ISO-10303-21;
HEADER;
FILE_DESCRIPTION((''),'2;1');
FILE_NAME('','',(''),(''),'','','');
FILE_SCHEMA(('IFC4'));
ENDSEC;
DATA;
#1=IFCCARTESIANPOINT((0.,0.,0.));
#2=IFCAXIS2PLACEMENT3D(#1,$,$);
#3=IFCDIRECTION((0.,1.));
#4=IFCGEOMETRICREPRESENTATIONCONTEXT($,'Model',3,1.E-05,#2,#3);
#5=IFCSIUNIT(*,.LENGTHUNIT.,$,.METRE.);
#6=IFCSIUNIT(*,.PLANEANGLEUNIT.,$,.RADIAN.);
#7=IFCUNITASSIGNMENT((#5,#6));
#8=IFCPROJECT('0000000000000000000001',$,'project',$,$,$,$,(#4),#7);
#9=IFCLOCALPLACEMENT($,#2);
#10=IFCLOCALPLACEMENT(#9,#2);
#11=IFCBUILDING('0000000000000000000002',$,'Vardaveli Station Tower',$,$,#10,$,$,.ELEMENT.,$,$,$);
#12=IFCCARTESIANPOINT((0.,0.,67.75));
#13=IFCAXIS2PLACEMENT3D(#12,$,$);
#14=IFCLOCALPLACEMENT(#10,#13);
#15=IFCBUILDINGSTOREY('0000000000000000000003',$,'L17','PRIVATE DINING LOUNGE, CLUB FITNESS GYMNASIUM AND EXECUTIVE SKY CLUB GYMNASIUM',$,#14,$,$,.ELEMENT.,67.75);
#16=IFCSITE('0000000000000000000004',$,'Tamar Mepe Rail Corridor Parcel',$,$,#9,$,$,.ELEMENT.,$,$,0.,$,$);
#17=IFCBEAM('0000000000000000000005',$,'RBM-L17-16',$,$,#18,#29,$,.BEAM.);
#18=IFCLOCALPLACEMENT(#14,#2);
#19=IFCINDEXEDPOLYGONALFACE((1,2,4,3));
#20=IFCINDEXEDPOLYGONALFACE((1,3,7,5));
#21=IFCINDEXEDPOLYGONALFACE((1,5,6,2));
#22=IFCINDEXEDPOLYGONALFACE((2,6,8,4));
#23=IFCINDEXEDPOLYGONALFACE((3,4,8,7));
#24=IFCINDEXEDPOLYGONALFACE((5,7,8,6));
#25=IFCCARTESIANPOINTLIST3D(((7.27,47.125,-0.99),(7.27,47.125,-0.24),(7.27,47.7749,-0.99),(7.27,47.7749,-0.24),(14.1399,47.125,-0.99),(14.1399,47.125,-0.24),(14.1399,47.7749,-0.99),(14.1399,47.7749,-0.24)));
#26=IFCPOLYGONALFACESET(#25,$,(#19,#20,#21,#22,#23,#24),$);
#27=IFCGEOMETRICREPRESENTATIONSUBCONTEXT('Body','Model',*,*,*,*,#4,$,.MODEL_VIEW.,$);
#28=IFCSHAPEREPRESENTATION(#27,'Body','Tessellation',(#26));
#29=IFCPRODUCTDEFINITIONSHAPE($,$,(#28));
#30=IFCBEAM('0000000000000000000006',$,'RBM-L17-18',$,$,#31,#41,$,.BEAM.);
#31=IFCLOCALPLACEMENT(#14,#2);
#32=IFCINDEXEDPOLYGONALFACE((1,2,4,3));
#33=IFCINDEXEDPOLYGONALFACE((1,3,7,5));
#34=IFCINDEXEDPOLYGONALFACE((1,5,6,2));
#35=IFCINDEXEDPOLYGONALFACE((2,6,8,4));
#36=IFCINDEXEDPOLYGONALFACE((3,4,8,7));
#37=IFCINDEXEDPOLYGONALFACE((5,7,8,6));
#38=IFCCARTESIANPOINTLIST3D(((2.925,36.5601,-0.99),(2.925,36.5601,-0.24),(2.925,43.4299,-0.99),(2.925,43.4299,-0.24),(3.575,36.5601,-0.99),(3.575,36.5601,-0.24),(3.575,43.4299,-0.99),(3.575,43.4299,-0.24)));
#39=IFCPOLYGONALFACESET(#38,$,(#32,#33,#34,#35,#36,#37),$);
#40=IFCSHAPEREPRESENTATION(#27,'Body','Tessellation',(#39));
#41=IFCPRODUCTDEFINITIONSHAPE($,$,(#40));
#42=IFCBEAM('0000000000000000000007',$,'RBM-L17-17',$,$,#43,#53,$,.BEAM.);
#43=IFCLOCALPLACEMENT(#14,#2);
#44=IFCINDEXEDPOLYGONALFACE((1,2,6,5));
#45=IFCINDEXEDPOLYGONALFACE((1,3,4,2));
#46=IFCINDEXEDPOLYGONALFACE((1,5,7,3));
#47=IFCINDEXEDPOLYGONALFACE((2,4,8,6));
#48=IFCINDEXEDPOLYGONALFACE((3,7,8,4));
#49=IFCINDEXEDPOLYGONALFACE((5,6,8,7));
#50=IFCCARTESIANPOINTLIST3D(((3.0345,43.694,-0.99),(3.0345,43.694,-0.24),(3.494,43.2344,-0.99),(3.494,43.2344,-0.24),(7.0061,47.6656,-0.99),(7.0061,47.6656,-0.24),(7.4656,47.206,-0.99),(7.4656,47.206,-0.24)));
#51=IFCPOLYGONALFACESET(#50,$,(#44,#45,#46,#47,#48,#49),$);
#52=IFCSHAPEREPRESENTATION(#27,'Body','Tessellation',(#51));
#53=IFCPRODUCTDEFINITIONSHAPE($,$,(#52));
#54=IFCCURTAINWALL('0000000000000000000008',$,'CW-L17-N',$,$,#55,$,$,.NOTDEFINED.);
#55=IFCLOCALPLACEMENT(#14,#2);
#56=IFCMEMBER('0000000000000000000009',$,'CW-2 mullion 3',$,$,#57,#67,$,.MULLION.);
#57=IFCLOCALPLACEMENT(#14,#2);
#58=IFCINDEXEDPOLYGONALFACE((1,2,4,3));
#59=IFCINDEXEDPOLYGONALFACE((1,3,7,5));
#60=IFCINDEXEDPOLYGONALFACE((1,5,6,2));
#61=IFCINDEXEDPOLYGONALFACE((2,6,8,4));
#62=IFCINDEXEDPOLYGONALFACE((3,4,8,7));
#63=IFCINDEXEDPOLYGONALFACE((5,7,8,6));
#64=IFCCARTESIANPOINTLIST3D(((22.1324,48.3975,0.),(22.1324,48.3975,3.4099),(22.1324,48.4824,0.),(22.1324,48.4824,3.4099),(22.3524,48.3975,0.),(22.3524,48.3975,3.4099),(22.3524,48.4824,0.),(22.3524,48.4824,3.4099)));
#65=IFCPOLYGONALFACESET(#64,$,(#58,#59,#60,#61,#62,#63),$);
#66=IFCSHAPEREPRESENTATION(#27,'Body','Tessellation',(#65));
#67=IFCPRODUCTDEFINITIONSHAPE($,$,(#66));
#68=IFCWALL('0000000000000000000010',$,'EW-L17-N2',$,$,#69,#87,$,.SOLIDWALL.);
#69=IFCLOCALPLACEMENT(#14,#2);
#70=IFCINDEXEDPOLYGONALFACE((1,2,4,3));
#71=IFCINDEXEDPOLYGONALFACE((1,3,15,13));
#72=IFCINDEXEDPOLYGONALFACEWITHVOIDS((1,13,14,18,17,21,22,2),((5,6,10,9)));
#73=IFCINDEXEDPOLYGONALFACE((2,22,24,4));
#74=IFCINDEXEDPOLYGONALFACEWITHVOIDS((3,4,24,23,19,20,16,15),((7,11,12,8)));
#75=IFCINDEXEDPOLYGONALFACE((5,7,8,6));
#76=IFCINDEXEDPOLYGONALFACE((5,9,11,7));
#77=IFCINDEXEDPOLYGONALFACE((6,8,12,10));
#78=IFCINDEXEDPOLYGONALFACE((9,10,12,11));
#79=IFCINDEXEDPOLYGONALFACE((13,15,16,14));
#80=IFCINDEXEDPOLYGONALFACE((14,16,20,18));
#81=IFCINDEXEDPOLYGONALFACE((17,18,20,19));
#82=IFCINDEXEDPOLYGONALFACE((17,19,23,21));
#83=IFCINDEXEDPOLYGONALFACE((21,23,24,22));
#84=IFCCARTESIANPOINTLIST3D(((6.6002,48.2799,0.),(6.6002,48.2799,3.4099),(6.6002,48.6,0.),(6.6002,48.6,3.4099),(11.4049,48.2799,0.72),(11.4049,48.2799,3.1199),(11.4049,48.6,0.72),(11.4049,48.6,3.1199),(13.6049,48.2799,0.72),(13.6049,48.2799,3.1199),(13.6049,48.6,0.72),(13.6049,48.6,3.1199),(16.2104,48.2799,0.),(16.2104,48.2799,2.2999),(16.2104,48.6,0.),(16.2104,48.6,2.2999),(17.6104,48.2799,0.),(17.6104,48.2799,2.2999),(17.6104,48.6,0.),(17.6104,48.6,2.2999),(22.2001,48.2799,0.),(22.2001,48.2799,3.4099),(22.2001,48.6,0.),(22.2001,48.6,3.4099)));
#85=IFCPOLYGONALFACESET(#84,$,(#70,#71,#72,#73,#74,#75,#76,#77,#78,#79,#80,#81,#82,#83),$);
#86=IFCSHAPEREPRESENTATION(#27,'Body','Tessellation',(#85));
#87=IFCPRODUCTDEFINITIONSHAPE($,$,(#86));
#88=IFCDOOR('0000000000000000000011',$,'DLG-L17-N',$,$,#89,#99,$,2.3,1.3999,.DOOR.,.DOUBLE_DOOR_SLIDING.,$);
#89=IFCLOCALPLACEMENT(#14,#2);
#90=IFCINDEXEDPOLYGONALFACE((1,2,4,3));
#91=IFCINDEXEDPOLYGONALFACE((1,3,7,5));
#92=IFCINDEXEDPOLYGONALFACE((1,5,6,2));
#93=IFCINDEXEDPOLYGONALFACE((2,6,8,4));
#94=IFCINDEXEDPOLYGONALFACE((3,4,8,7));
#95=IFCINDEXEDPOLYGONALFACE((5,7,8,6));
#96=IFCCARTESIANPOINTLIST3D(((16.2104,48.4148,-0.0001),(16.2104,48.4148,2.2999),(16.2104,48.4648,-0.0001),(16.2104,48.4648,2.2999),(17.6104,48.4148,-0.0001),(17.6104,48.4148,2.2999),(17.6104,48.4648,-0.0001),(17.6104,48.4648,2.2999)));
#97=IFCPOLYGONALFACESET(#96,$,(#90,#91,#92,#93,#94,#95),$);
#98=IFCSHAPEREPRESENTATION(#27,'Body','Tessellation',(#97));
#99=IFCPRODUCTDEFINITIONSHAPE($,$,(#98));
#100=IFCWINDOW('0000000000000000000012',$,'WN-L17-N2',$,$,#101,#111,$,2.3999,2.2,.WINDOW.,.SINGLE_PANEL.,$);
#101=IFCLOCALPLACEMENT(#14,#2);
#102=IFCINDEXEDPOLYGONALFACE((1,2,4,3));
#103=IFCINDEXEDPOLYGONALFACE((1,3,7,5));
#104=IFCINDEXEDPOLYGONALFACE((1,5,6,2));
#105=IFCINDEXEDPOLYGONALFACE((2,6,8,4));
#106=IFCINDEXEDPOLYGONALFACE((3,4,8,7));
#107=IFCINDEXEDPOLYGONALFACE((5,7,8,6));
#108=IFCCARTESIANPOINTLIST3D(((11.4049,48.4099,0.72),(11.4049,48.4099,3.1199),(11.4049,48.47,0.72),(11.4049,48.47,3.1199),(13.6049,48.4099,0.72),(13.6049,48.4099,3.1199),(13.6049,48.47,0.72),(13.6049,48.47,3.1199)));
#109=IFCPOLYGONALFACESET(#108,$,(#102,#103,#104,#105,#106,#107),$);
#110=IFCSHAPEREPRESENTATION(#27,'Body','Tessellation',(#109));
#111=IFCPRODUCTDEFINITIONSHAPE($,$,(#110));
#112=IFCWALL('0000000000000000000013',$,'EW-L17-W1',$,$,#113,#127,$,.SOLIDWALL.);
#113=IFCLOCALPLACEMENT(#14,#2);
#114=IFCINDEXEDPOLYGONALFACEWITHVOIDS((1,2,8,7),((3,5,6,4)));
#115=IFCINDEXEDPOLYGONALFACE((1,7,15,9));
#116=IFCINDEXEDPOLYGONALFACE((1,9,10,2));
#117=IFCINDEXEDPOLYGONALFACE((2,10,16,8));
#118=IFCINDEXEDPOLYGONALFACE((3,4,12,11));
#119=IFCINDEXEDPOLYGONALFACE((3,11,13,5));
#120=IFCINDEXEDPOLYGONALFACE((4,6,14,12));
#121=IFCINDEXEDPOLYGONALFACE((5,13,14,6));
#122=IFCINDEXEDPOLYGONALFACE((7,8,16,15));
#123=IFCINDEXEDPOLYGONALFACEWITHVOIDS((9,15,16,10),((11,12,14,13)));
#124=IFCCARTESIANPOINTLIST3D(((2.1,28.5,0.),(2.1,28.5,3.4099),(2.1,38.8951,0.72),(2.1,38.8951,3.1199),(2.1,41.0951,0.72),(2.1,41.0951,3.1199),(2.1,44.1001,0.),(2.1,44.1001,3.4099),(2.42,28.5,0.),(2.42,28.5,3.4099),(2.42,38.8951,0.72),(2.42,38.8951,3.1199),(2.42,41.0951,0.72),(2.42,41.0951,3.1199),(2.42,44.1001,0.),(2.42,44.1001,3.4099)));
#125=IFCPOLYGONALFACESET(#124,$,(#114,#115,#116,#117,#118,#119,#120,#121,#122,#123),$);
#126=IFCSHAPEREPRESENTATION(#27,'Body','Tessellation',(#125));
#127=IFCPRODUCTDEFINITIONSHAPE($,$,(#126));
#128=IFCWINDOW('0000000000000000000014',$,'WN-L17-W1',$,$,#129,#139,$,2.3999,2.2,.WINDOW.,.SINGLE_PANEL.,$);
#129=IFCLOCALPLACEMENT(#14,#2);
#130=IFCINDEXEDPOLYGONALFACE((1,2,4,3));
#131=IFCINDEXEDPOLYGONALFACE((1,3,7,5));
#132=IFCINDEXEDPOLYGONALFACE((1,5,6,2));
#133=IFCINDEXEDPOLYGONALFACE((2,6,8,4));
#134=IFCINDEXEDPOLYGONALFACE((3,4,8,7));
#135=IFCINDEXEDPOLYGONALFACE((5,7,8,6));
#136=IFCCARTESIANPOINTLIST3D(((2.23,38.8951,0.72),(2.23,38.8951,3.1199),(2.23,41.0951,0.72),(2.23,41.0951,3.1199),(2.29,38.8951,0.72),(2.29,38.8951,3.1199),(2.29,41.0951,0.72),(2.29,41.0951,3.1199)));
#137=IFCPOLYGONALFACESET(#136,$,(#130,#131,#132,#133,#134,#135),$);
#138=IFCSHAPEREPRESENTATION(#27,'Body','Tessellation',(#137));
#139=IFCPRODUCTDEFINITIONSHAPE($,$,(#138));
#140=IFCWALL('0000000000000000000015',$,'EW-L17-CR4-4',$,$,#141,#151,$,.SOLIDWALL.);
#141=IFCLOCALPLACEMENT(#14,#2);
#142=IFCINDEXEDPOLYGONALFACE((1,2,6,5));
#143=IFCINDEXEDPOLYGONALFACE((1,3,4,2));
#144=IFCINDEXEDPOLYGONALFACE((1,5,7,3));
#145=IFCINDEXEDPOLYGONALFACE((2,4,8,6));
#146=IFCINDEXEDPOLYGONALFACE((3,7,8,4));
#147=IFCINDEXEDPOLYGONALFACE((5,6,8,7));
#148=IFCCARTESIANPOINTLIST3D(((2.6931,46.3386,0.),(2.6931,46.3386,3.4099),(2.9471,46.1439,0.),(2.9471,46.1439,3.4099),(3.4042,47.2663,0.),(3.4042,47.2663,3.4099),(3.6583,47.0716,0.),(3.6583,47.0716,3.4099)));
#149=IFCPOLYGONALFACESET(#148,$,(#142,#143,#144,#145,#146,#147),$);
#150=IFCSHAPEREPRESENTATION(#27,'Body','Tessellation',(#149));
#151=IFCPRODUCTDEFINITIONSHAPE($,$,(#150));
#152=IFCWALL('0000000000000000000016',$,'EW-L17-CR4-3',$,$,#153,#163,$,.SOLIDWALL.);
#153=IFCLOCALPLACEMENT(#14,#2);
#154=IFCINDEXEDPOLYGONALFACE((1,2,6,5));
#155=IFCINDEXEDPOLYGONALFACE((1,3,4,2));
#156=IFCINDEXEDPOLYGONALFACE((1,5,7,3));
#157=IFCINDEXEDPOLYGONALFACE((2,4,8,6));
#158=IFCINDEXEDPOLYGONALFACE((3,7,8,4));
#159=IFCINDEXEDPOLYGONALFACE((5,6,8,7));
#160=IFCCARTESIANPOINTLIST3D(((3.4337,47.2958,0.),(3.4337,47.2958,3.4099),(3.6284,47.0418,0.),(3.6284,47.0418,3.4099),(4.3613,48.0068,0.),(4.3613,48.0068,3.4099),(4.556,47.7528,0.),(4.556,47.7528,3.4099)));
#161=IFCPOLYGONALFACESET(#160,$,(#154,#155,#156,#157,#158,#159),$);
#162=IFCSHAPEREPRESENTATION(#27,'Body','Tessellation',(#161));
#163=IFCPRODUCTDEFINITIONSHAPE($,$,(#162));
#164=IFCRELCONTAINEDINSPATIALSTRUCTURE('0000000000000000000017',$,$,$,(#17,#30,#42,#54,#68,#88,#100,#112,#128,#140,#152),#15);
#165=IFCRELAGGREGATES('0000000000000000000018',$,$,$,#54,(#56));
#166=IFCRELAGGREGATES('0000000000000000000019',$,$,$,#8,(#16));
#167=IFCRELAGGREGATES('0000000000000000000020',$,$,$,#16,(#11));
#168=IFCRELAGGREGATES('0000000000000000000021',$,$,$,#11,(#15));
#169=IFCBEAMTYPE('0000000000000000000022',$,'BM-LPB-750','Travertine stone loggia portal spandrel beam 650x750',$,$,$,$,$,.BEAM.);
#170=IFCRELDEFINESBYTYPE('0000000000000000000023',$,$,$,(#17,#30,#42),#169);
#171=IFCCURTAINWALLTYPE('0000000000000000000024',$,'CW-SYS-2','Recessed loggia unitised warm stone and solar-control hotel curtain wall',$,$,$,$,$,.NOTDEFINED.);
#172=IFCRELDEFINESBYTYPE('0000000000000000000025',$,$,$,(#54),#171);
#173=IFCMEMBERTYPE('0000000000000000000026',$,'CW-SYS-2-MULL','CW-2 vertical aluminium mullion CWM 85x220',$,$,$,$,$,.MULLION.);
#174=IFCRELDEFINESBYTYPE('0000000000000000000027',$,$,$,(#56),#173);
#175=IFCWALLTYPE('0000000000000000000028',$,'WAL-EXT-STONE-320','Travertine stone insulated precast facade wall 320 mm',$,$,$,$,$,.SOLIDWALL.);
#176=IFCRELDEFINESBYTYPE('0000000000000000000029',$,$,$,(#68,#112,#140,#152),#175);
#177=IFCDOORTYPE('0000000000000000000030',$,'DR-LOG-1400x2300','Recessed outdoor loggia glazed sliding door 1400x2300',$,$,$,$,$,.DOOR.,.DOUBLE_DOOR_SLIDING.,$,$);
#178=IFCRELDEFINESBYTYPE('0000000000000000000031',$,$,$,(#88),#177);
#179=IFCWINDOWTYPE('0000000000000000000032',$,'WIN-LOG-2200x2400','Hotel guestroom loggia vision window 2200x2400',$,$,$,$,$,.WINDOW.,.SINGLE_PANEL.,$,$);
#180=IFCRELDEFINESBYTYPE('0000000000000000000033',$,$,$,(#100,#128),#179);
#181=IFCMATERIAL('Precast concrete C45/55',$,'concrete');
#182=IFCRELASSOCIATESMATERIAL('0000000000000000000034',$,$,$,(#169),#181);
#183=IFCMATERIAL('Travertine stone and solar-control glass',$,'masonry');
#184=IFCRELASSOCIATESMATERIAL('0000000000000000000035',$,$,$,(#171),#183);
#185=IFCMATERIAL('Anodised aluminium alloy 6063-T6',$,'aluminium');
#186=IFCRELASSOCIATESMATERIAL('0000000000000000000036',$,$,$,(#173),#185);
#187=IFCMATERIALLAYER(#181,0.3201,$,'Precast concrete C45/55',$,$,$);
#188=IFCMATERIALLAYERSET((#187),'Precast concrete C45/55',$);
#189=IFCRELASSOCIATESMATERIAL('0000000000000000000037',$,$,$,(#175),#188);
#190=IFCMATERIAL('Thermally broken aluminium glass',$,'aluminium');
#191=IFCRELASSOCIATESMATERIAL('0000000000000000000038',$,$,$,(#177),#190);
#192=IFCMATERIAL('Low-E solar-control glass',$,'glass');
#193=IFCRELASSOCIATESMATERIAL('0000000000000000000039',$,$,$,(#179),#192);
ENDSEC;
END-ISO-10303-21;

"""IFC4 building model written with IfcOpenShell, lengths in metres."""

from ifc_helpers import new_model, si_unit, direction, frame, frame_2d, origin, origin_2d, place, context, subcontext, project, spatial, rectangle, extrude, source, transform, mapped, material, layer, layer_set, material_profile, profile_set, type_object, element, fill, aggregate, save


model = new_model("IFC4")

# Units and contexts
model_context = context("Model", 3, precision=1e-05, world=origin(), true_north=direction((0.0, 1.0)))
body_context = subcontext(model_context, "Body", "Model", "MODEL_VIEW")
ifc_project = project(units=[si_unit("LENGTHUNIT", "METRE"), si_unit("PLANEANGLEUNIT", "RADIAN")], contexts=[model_context])

# Site, building, storey
site_placement = place(None, origin())
site = spatial("IfcSite", under=ifc_project, at=site_placement, Name="Tamar Mepe Rail Corridor Parcel", CompositionType="ELEMENT", RefElevation=0.0)
building_placement = place(site_placement, origin())
building = spatial("IfcBuilding", under=site, at=building_placement, Name="Vardaveli Station Tower", CompositionType="ELEMENT")
storey_placement = place(building_placement, frame((0.0, 0.0, 67.75)))
storey = spatial("IfcBuildingStorey", under=building, at=storey_placement, Name="L17", Description="PRIVATE DINING LOUNGE, CLUB FITNESS GYMNASIUM AND EXECUTIVE SKY CLUB GYMNASIUM", CompositionType="ELEMENT", Elevation=67.75)

# Beams
ifc_material_1 = material(Name="Precast concrete C45/55", Category="concrete")
ifc_material_profile_1 = material_profile(ifc_material_1, rectangle(XDim=0.6499, YDim=0.75, at=origin_2d()), Name="LPB 650x750")
ifc_profile_set_1 = profile_set([ifc_material_profile_1], Name="Precast concrete C45/55")
beam_type = type_object("IfcBeamType", Name="BM-LPB-750", Description="Travertine stone loggia portal spandrel beam 650x750", PredefinedType="BEAM", material=ifc_profile_set_1)
shared_shape_1 = source(origin(), body_context, "Body", "SweptSolid", [
    extrude(rectangle(XDim=0.6499, YDim=0.75, at=origin_2d()), origin(), (0.0, 0.0, 1.0), 6.8699),
])
for number, where, z_axis, x_axis, name in (
    (1, (14.1399, 47.45, -0.615), (-1.0, 0.0, 0.0), (0.0, -1.0, 0.0), "RBM-L17-16"),
    (2, (3.25, 43.4299, -0.615), (0.0, -1.0, 0.0), (1.0, 0.0, 0.0), "RBM-L17-18"),
):
    element("IfcBeam", number, at=place(storey_placement, frame(where, z_axis=z_axis, x_axis=x_axis)), inside=storey, type_object=beam_type, Name=name, PredefinedType="BEAM", context=body_context, shape_type="MappedRepresentation", body=[
        mapped(shared_shape_1, transform((0.0, 0.0, 0.0), scale=1.0)),
    ])
shared_shape_2 = source(origin(), body_context, "Body", "SweptSolid", [
    extrude(rectangle(XDim=0.6499, YDim=0.75, at=origin_2d()), origin(), (0.0, 0.0, 1.0), 5.6167),
])
beam_placement = place(storey_placement, frame((7.2358, 47.4358, -0.615), z_axis=(-0.707107, -0.707107, 0.0), x_axis=(0.707107, -0.707107, 0.0)))
element("IfcBeam", 3, at=beam_placement, inside=storey, type_object=beam_type, Name="RBM-L17-17", PredefinedType="BEAM", context=body_context, shape_type="MappedRepresentation", body=[
    mapped(shared_shape_2, transform((0.0, 0.0, 0.0), scale=1.0)),
])

# Curtain wall, member
ifc_material_2 = material(Name="Travertine stone and solar-control glass", Category="masonry")
curtain_wall_type = type_object("IfcCurtainWallType", Name="CW-SYS-2", Description="Recessed loggia unitised warm stone and solar-control hotel curtain wall", PredefinedType="NOTDEFINED", material=ifc_material_2)
curtain_wall_placement = place(storey_placement, origin())
curtain_wall = element("IfcCurtainWall", 4, at=curtain_wall_placement, inside=storey, type_object=curtain_wall_type, Name="CW-L17-N", PredefinedType="NOTDEFINED")
ifc_material_3 = material(Name="Anodised aluminium alloy 6063-T6", Category="aluminium")
ifc_material_profile_2 = material_profile(ifc_material_3, rectangle(XDim=0.085, YDim=0.22, at=origin_2d()), Name="CWM 85x220")
ifc_profile_set_2 = profile_set([ifc_material_profile_2], Name="Anodised aluminium alloy 6063-T6")
member_type = type_object("IfcMemberType", Name="CW-SYS-2-MULL", Description="CW-2 vertical aluminium mullion CWM 85x220", PredefinedType="MULLION", material=ifc_profile_set_2)
shared_shape_3 = source(origin(), body_context, "Body", "SweptSolid", [
    extrude(rectangle(XDim=0.085, YDim=0.22, at=origin_2d()), origin(), (0.0, 0.0, 1.0), 3.4099),
])
member_placement = place(storey_placement, frame((22.2424, 48.4399, 0.0), z_axis=(0.0, 0.0, 1.0), x_axis=(0.0, -1.0, 0.0)))
member = element("IfcMember", 5, at=member_placement, type_object=member_type, Name="CW-2 mullion 3", PredefinedType="MULLION", context=body_context, shape_type="MappedRepresentation", body=[
    mapped(shared_shape_3, transform((0.0, 0.0, 0.0), scale=1.0)),
])
aggregate(curtain_wall, [member])

# Wall, openings, door, window
ifc_layer = layer(ifc_material_1, 0.3201, Name="Precast concrete C45/55")
ifc_layer_set = layer_set([ifc_layer], Name="Precast concrete C45/55")
wall_type = type_object("IfcWallType", Name="WAL-EXT-STONE-320", Description="Travertine stone insulated precast facade wall 320 mm", PredefinedType="SOLIDWALL", material=ifc_layer_set)
shared_shape_4 = source(origin(), body_context, "Body", "SweptSolid", [
    extrude(rectangle(XDim=15.5999, YDim=0.3201, at=frame_2d((7.7998, 0.0))), origin(), (0.0, 0.0, 1.0), 3.4099),
])
wall_1_placement = place(storey_placement, frame((22.2, 48.4399, 0.0), z_axis=(0.0, 0.0, 1.0), x_axis=(-1.0, 0.0, 0.0)))
wall_1 = element("IfcWall", 6, at=wall_1_placement, inside=storey, type_object=wall_type, Name="EW-L17-N2", PredefinedType="SOLIDWALL", context=body_context, shape_type="MappedRepresentation", body=[
    mapped(shared_shape_4, transform((0.0, 0.0, 0.0), scale=1.0)),
])
shared_shape_5 = source(origin(), body_context, "Body", "SweptSolid", [
    extrude(rectangle(XDim=1.3999, YDim=2.3, at=frame_2d((0.7, 1.1499))), frame((0.0, 0.1699, 0.0), z_axis=(0.0, -1.0, 0.0), x_axis=(1.0, 0.0, 0.0)), (0.0, 0.0, 1.0), 0.3401),
])
opening_1_placement = place(wall_1_placement, frame((4.5896, 0.0, 0.0)))
opening_1 = element("IfcOpeningElement", 7, at=opening_1_placement, cuts=wall_1, PredefinedType="OPENING", context=body_context, shape_type="MappedRepresentation", body=[
    mapped(shared_shape_5, transform((0.0, 0.0, 0.0), scale=1.0)),
])
shared_shape_6 = source(origin(), body_context, "Body", "SweptSolid", [
    extrude(rectangle(XDim=2.2, YDim=2.3999, at=frame_2d((1.1001, 1.2))), frame((0.0, 0.1699, 0.0), z_axis=(0.0, -1.0, 0.0), x_axis=(1.0, 0.0, 0.0)), (0.0, 0.0, 1.0), 0.3401),
])
opening_2_placement = place(wall_1_placement, frame((8.595, 0.0, 0.72)))
opening_2 = element("IfcOpeningElement", 8, at=opening_2_placement, cuts=wall_1, PredefinedType="OPENING", context=body_context, shape_type="MappedRepresentation", body=[
    mapped(shared_shape_6, transform((0.0, 0.0, 0.0), scale=1.0)),
])
ifc_material_4 = material(Name="Thermally broken aluminium glass", Category="aluminium")
door_type = type_object("IfcDoorType", Name="DR-LOG-1400x2300", Description="Recessed outdoor loggia glazed sliding door 1400x2300", OperationType="DOUBLE_DOOR_SLIDING", PredefinedType="DOOR", material=ifc_material_4)
shared_shape_7 = source(origin(), body_context, "Body", "SweptSolid", [
    extrude(rectangle(XDim=1.3999, YDim=2.3, at=frame_2d((0.7, 1.1499))), frame((0.0, 0.0249, 0.0), z_axis=(0.0, -1.0, 0.0), x_axis=(1.0, 0.0, 0.0)), (0.0, 0.0, 1.0), 0.05),
])
door_placement = place(opening_1_placement, frame((1.3999, 0.0, 0.0), z_axis=(0.0, 0.0, 1.0), x_axis=(-1.0, 0.0, 0.0)))
door = element("IfcDoor", 9, at=door_placement, inside=storey, type_object=door_type, Name="DLG-L17-N", OperationType="DOUBLE_DOOR_SLIDING", OverallHeight=2.3, OverallWidth=1.3999, PredefinedType="DOOR", context=body_context, shape_type="MappedRepresentation", body=[
    mapped(shared_shape_7, transform((0.0, 0.0, 0.0), scale=1.0)),
])
fill(opening_1, door)
ifc_material_5 = material(Name="Low-E solar-control glass", Category="glass")
window_type = type_object("IfcWindowType", Name="WIN-LOG-2200x2400", Description="Hotel guestroom loggia vision window 2200x2400", PartitioningType="SINGLE_PANEL", PredefinedType="WINDOW", material=ifc_material_5)
shared_shape_8 = source(origin(), body_context, "Body", "SweptSolid", [
    extrude(rectangle(XDim=2.2, YDim=2.3999, at=frame_2d((1.1001, 1.2))), frame((0.0, 0.03, 0.0), z_axis=(0.0, -1.0, 0.0), x_axis=(1.0, 0.0, 0.0)), (0.0, 0.0, 1.0), 0.0601),
])
window_1_placement = place(opening_2_placement, origin())
window_1 = element("IfcWindow", 10, at=window_1_placement, inside=storey, type_object=window_type, Name="WN-L17-N2", OverallHeight=2.3999, OverallWidth=2.2, PartitioningType="SINGLE_PANEL", PredefinedType="WINDOW", context=body_context, shape_type="MappedRepresentation", body=[
    mapped(shared_shape_8, transform((0.0, 0.0, 0.0), scale=1.0)),
])
fill(opening_2, window_1)

# Wall, opening, window
shared_shape_9 = source(origin(), body_context, "Body", "SweptSolid", [
    extrude(rectangle(XDim=15.6001, YDim=0.3201, at=frame_2d((7.8, 0.0))), origin(), (0.0, 0.0, 1.0), 3.4099),
])
wall_2_placement = place(storey_placement, frame((2.26, 44.1001, 0.0), z_axis=(0.0, 0.0, 1.0), x_axis=(0.0, -1.0, 0.0)))
wall_2 = element("IfcWall", 11, at=wall_2_placement, inside=storey, type_object=wall_type, Name="EW-L17-W1", PredefinedType="SOLIDWALL", context=body_context, shape_type="MappedRepresentation", body=[
    mapped(shared_shape_9, transform((0.0, 0.0, 0.0), scale=1.0)),
])
opening_3_placement = place(wall_2_placement, frame((3.0049, 0.0, 0.72)))
opening_3 = element("IfcOpeningElement", 12, at=opening_3_placement, cuts=wall_2, PredefinedType="OPENING", context=body_context, shape_type="MappedRepresentation", body=[
    mapped(shared_shape_6, transform((0.0, 0.0, 0.0), scale=1.0)),
])
window_2_placement = place(opening_3_placement, origin())
window_2 = element("IfcWindow", 13, at=window_2_placement, inside=storey, type_object=window_type, Name="WN-L17-W1", OverallHeight=2.3999, OverallWidth=2.2, PartitioningType="SINGLE_PANEL", PredefinedType="WINDOW", context=body_context, shape_type="MappedRepresentation", body=[
    mapped(shared_shape_8, transform((0.0, 0.0, 0.0), scale=1.0)),
])
fill(opening_3, window_2)

# Walls
shared_shape_10 = source(origin(), body_context, "Body", "SweptSolid", [
    extrude(rectangle(XDim=1.1689, YDim=0.3201, at=frame_2d((0.5845, 0.0))), origin(), (0.0, 0.0, 1.0), 3.4099),
])
wall_3_placement = place(storey_placement, frame((3.5312, 47.1689, 0.0), z_axis=(0.0, 0.0, 1.0), x_axis=(-0.608388, -0.79364, 0.0)))
element("IfcWall", 14, at=wall_3_placement, inside=storey, type_object=wall_type, Name="EW-L17-CR4-4", PredefinedType="SOLIDWALL", context=body_context, shape_type="MappedRepresentation", body=[
    mapped(shared_shape_10, transform((0.0, 0.0, 0.0), scale=1.0)),
])
shared_shape_11 = source(origin(), body_context, "Body", "SweptSolid", [
    extrude(rectangle(XDim=1.1687, YDim=0.3201, at=frame_2d((0.5845, 0.0))), origin(), (0.0, 0.0, 1.0), 3.4099),
])
wall_4_placement = place(storey_placement, frame((4.4587, 47.8799, 0.0), z_axis=(0.0, 0.0, 1.0), x_axis=(-0.793664, -0.608357, 0.0)))
element("IfcWall", 15, at=wall_4_placement, inside=storey, type_object=wall_type, Name="EW-L17-CR4-3", PredefinedType="SOLIDWALL", context=body_context, shape_type="MappedRepresentation", body=[
    mapped(shared_shape_11, transform((0.0, 0.0, 0.0), scale=1.0)),
])

save(model, "model.ifc")
